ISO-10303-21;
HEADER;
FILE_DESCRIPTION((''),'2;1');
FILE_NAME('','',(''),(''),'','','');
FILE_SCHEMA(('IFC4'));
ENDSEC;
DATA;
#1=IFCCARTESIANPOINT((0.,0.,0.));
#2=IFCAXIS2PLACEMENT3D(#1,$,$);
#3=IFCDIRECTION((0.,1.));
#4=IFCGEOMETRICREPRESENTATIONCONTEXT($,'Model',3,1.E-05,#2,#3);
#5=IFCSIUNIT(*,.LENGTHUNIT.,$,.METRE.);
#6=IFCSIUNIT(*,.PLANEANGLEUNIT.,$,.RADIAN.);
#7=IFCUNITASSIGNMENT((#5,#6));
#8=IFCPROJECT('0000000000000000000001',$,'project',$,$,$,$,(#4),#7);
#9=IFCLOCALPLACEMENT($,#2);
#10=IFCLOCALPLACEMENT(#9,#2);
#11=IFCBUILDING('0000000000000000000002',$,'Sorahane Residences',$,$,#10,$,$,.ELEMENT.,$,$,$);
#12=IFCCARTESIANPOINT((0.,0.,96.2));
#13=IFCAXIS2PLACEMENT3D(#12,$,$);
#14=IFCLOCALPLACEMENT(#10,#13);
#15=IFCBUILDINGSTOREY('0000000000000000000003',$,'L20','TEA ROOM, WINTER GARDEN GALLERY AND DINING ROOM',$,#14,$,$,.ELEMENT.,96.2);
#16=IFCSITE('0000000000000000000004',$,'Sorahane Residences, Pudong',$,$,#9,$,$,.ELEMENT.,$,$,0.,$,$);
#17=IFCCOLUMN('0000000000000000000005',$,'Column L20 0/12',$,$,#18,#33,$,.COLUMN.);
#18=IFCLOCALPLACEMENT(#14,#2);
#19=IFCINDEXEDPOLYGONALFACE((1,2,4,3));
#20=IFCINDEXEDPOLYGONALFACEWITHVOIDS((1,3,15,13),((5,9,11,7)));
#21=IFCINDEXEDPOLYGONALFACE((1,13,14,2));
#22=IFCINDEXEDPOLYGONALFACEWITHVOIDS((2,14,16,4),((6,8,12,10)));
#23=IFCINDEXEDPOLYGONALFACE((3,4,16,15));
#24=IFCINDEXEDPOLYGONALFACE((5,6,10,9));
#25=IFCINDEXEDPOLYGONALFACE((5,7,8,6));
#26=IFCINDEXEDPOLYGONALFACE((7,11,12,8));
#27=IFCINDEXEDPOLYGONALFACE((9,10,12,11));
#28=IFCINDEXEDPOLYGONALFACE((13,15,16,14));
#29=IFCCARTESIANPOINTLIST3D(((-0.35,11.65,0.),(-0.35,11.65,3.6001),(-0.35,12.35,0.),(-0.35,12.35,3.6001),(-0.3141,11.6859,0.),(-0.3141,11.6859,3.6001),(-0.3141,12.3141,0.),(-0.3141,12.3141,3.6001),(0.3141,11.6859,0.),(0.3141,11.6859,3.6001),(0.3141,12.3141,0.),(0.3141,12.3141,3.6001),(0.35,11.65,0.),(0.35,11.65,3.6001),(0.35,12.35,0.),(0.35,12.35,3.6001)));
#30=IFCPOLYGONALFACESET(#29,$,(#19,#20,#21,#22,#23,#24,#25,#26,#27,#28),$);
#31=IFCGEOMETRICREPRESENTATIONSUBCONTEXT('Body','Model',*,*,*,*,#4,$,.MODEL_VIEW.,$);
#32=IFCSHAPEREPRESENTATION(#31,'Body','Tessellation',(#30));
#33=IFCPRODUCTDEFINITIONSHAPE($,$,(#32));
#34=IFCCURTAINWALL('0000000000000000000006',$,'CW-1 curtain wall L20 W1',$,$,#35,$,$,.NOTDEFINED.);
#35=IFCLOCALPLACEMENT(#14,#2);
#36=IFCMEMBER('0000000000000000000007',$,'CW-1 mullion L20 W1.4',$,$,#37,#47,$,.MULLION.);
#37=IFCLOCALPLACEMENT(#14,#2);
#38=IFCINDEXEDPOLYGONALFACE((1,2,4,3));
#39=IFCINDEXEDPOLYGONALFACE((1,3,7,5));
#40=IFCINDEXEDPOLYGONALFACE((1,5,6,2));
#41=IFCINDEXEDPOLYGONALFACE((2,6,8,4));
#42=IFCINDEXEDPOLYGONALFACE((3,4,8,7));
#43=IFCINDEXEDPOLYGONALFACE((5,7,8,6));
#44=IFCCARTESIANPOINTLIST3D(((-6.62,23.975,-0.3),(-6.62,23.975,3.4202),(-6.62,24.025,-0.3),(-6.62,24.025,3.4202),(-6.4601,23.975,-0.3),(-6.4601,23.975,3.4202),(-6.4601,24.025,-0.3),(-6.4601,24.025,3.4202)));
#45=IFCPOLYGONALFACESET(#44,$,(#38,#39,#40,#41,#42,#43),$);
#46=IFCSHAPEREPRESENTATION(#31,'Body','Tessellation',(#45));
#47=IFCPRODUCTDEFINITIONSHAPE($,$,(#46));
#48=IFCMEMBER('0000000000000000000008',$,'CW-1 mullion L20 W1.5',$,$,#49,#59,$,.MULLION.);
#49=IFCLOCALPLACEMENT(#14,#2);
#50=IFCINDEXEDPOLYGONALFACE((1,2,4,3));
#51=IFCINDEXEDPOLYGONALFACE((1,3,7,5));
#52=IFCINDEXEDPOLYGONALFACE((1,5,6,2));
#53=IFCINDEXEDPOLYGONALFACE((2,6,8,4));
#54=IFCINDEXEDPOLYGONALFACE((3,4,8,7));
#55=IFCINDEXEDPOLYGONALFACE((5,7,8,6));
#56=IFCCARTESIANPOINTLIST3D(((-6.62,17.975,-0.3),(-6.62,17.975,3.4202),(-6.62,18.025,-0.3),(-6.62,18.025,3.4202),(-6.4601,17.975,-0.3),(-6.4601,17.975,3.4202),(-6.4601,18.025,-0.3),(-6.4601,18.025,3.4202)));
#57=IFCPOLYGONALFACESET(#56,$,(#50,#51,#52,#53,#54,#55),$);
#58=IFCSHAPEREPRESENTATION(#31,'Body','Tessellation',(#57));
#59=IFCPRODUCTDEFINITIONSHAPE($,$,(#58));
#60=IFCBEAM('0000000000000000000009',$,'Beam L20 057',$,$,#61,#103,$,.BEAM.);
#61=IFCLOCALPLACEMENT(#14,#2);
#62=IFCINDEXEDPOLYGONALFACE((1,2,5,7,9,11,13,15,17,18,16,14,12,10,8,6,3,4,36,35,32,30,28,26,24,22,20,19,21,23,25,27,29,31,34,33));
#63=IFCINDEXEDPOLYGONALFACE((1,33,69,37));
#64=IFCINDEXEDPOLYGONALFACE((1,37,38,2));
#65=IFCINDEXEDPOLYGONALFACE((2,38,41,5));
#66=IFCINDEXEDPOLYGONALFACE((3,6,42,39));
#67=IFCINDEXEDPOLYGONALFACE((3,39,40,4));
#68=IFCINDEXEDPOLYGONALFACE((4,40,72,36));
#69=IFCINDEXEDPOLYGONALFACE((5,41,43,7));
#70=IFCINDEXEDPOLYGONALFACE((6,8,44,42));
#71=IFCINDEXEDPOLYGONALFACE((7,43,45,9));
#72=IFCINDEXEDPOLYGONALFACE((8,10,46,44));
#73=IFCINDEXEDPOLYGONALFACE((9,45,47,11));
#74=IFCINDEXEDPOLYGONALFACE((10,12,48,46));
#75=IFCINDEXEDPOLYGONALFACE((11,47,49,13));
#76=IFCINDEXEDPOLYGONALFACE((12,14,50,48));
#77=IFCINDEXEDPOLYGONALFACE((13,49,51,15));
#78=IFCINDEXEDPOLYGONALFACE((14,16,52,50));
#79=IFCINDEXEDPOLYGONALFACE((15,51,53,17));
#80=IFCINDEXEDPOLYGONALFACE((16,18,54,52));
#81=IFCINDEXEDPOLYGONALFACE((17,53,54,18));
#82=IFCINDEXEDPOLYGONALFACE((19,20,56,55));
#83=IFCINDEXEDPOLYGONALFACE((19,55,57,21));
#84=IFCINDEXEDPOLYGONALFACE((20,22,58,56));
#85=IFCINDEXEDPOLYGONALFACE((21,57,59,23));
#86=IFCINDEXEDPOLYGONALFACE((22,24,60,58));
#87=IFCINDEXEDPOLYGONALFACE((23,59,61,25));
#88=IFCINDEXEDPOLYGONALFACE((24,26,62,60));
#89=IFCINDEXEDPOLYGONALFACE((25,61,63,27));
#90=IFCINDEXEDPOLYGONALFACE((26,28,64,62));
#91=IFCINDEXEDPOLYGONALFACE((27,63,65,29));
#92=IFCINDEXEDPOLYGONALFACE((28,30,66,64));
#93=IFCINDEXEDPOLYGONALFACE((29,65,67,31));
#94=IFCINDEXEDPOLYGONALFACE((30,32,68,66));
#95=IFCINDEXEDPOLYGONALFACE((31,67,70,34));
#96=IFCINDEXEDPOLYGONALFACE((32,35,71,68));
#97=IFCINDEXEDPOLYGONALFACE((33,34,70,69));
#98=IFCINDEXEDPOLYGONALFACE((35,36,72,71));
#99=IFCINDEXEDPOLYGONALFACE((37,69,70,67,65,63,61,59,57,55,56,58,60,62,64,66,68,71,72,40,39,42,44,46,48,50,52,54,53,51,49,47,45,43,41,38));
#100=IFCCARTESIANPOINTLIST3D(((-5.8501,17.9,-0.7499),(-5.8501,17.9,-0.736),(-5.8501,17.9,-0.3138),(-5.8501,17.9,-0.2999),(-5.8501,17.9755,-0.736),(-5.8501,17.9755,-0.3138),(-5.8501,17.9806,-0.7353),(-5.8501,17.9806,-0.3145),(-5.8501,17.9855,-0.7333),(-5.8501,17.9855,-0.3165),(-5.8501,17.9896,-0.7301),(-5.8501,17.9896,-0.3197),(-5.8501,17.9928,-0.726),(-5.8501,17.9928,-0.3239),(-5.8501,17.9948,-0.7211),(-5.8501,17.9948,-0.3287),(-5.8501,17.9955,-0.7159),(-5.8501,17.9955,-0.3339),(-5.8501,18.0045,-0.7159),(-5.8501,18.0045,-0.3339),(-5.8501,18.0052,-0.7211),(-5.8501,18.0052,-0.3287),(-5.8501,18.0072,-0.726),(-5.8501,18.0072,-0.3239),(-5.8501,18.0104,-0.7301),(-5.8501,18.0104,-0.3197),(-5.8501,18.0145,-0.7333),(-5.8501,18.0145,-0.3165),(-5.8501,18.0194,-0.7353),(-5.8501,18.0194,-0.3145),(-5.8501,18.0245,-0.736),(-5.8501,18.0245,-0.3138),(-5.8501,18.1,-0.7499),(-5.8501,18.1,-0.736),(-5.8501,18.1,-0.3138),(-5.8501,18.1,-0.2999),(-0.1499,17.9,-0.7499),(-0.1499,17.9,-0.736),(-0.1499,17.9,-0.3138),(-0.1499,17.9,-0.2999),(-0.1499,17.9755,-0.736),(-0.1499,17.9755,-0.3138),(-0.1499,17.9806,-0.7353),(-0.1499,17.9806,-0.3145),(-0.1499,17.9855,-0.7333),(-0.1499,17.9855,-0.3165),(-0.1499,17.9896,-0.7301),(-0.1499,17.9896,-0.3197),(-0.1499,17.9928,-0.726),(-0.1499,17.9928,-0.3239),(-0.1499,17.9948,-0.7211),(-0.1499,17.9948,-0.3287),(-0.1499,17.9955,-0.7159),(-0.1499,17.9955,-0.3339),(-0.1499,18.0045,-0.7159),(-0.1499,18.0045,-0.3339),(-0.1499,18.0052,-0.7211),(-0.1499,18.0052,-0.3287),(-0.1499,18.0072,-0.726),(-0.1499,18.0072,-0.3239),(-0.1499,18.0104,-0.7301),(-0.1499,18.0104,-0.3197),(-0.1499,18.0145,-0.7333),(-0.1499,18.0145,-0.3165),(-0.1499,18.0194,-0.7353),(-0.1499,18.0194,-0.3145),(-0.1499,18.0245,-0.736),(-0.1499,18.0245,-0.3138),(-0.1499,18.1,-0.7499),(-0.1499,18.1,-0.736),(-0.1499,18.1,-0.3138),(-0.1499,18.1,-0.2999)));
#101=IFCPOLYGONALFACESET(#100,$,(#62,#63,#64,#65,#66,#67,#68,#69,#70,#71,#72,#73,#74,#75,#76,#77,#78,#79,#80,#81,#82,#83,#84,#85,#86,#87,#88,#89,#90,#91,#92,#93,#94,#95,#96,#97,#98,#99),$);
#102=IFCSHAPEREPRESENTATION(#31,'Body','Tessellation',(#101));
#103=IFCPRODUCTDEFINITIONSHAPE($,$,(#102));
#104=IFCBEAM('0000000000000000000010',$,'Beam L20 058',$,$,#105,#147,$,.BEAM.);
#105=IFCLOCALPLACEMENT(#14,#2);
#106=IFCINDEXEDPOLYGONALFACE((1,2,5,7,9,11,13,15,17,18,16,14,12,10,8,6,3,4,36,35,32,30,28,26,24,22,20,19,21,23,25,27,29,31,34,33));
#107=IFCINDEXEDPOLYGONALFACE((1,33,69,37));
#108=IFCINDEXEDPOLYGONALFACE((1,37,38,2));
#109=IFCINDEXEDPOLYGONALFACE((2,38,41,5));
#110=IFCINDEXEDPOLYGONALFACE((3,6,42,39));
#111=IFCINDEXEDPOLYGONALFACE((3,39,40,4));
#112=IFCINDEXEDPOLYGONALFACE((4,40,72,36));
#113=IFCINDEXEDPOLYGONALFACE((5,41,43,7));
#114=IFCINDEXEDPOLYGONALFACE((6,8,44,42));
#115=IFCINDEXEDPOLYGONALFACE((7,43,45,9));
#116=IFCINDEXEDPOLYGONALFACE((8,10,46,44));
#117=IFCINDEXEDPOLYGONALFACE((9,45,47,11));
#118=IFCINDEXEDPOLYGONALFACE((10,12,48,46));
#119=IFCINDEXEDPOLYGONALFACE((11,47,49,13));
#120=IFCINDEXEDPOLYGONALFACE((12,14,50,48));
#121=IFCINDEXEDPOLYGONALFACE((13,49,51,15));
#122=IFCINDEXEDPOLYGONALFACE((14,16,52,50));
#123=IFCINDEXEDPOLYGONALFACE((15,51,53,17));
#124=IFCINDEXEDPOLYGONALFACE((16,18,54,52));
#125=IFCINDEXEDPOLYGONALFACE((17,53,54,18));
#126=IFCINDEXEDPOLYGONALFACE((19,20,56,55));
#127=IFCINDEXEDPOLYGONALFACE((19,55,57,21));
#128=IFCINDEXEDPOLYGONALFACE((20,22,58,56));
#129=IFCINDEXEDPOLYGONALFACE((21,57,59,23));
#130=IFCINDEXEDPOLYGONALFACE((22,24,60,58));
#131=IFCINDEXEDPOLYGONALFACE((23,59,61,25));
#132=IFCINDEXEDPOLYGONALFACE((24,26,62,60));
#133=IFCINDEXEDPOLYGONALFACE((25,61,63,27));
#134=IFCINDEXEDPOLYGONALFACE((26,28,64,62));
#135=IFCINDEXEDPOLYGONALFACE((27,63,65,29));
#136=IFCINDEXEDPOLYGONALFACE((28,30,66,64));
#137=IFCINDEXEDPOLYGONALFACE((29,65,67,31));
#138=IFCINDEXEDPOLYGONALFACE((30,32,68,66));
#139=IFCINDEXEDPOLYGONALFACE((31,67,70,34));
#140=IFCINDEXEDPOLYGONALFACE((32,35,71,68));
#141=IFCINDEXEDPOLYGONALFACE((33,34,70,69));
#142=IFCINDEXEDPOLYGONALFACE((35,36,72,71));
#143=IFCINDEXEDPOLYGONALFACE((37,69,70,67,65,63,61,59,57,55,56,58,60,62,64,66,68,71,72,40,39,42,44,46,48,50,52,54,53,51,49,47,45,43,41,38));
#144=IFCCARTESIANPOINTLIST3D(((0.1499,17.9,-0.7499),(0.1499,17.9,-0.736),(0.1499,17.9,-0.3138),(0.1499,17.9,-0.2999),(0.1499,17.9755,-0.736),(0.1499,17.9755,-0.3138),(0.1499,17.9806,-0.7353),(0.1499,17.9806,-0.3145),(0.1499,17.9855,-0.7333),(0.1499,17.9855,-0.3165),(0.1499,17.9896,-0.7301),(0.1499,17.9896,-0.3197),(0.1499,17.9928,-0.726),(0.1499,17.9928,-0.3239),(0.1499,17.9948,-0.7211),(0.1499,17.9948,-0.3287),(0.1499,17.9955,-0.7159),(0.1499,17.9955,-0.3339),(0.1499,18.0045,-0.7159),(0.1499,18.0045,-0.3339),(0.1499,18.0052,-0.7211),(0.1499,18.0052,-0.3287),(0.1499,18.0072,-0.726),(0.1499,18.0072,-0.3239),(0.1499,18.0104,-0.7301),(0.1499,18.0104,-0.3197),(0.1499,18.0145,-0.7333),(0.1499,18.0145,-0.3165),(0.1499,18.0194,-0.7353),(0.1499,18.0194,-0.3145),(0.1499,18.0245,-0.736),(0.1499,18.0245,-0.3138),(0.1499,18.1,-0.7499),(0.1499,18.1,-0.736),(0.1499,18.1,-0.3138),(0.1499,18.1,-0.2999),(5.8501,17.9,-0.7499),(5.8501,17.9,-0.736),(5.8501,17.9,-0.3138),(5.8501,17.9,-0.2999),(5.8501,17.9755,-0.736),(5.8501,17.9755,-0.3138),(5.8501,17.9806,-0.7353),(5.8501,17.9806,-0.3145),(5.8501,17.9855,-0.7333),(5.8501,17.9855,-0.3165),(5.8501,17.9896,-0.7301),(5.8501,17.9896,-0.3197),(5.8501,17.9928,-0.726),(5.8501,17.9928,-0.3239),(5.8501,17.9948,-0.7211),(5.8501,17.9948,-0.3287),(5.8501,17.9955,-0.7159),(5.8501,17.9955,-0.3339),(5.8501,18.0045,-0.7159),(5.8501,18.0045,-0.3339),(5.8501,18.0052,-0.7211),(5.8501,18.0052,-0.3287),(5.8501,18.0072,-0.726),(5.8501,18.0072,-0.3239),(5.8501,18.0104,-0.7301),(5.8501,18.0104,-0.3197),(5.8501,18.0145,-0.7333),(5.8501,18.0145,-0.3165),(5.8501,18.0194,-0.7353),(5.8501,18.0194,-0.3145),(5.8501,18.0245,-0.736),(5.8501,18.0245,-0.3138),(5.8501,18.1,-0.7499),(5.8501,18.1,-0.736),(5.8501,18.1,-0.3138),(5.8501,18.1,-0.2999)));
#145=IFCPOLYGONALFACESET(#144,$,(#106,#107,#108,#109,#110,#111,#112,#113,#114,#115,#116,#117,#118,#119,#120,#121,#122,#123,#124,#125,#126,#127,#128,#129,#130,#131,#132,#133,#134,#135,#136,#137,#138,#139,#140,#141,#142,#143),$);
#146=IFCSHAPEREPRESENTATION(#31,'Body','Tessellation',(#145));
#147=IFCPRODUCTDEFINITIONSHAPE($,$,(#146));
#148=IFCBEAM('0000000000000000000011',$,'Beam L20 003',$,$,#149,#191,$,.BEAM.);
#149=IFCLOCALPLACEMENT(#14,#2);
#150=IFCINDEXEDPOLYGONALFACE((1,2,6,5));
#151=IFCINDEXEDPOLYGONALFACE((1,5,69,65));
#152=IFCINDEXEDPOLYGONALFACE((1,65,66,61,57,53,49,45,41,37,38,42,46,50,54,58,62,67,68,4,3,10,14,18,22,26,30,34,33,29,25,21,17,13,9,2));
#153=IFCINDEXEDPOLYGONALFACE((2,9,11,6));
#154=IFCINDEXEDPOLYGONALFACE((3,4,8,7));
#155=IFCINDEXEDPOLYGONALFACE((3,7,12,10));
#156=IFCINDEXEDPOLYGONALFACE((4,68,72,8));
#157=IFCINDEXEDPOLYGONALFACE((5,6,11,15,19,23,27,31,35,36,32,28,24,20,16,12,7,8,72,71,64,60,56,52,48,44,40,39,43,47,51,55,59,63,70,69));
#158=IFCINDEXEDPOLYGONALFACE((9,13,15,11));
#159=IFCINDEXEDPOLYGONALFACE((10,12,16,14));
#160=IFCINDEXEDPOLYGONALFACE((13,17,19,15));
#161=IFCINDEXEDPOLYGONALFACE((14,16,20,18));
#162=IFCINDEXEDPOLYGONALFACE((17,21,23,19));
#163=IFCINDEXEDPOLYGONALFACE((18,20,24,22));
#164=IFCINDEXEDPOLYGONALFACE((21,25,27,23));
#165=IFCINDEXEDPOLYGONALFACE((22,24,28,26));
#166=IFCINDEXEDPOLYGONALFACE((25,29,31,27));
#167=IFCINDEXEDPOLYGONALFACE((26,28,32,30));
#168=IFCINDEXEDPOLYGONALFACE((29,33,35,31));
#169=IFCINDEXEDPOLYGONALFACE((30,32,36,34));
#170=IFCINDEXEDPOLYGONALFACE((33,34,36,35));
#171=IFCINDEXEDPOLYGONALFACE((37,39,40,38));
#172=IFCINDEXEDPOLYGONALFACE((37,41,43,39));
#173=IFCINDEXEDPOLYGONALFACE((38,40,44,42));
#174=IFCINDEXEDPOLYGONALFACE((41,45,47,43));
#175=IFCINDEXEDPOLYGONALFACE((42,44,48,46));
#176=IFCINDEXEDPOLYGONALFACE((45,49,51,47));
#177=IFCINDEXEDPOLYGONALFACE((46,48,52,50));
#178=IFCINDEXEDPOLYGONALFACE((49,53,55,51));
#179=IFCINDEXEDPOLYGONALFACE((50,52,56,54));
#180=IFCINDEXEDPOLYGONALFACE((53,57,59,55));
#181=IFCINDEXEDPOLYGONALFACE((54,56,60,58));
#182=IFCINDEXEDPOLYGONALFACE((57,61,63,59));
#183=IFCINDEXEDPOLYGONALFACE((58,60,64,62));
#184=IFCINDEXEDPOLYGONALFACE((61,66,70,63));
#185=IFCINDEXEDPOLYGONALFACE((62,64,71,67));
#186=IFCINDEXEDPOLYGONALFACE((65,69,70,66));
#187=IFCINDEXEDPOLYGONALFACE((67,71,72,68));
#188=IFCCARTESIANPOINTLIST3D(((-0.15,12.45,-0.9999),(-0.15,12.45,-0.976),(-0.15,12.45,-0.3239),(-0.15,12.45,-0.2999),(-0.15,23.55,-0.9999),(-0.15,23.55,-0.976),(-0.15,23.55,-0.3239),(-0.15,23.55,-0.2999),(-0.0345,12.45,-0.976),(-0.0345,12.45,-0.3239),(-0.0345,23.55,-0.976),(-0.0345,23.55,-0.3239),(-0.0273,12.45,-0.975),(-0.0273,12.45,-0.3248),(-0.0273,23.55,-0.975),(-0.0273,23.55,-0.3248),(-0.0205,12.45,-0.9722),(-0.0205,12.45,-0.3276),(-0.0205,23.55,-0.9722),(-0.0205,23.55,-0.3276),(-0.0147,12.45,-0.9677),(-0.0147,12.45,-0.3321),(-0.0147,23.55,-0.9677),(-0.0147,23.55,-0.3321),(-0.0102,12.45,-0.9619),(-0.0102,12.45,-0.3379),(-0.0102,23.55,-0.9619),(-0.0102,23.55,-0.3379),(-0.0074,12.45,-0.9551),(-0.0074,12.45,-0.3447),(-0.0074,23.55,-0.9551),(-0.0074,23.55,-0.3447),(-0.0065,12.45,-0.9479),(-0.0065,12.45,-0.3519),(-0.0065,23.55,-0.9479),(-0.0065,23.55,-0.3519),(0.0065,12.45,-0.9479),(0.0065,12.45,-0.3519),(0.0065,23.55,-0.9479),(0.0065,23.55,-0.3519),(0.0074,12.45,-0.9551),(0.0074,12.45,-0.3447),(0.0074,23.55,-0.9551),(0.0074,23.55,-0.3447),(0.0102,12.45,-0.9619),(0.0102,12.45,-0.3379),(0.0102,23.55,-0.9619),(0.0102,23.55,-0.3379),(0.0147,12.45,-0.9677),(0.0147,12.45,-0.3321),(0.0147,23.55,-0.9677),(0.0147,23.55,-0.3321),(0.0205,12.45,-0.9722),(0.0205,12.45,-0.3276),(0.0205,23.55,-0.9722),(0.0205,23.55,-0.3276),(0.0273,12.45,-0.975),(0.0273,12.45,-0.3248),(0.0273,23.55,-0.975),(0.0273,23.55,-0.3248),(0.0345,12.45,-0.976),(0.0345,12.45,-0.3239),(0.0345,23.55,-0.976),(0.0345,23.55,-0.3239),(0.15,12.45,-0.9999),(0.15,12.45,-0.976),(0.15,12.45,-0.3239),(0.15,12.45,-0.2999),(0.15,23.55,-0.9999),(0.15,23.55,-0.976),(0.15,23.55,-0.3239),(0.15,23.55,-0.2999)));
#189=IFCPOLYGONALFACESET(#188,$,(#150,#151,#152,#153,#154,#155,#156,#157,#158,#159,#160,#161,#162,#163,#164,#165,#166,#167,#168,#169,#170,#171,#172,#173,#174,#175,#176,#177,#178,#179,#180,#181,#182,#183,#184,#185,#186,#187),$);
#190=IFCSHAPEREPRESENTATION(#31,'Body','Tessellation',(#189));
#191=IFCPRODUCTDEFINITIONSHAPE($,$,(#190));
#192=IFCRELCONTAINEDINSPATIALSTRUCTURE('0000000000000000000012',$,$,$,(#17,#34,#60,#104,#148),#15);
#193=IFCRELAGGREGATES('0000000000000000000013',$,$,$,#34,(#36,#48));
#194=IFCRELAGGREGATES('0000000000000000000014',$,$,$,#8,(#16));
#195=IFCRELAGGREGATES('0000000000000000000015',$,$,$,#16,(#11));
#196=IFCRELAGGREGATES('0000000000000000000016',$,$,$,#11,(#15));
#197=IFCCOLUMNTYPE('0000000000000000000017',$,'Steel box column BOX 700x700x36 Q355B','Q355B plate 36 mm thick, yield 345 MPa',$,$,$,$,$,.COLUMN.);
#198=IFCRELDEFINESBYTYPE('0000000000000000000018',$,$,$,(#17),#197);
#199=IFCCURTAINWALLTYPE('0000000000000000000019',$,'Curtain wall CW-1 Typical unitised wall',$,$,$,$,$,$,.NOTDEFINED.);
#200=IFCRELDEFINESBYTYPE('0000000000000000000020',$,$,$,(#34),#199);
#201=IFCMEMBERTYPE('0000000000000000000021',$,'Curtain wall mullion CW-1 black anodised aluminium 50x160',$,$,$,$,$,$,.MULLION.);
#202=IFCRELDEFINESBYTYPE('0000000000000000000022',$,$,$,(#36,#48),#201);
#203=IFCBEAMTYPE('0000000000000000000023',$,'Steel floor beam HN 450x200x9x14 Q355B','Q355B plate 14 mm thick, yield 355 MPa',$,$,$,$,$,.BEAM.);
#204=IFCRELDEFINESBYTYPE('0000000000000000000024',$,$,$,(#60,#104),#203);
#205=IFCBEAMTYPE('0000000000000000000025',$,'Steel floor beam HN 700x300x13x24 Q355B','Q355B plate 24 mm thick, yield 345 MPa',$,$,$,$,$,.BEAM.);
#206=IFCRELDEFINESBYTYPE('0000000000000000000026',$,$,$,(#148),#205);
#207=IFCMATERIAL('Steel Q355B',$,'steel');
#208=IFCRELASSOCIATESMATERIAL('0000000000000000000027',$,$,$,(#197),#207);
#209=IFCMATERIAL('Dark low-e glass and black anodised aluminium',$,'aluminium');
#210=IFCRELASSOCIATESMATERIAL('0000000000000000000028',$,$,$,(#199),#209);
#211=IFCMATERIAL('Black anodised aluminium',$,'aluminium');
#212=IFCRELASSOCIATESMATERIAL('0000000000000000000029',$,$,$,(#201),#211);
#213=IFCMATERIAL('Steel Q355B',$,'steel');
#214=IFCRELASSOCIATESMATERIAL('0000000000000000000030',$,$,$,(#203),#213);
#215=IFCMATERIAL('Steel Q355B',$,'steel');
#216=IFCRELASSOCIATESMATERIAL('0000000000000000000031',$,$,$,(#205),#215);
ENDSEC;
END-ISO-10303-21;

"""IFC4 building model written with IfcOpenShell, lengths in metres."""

from ifc_helpers import new_model, si_unit, direction, frame, origin, origin_2d, place, context, subcontext, project, spatial, rectangle, hollow_rectangle, i_section, extrude, material, material_profile, profile_set, type_object, element, aggregate, save


model = new_model("IFC4")

# Units and contexts
model_context = context("Model", 3, precision=1e-05, world=origin(), true_north=direction((0.0, 1.0)))
body_context = subcontext(model_context, "Body", "Model", "MODEL_VIEW")
ifc_project = project(units=[si_unit("LENGTHUNIT", "METRE"), si_unit("PLANEANGLEUNIT", "RADIAN")], contexts=[model_context])

# Site, building, storey
site_placement = place(None, origin())
site = spatial("IfcSite", under=ifc_project, at=site_placement, Name="Sorahane Residences, Pudong", CompositionType="ELEMENT", RefElevation=0.0)
building_placement = place(site_placement, origin())
building = spatial("IfcBuilding", under=site, at=building_placement, Name="Sorahane Residences", CompositionType="ELEMENT")
storey_placement = place(building_placement, frame((0.0, 0.0, 96.2)))
storey = spatial("IfcBuildingStorey", under=building, at=storey_placement, Name="L20", Description="TEA ROOM, WINTER GARDEN GALLERY AND DINING ROOM", CompositionType="ELEMENT", Elevation=96.2)

# Column
ifc_material_1 = material(Name="Steel Q355B", Category="steel")
ifc_material_profile_1 = material_profile(ifc_material_1, hollow_rectangle(XDim=0.7, YDim=0.7, WallThickness=0.0359, at=origin_2d()), Name="BOX 700x700x36")
ifc_profile_set_1 = profile_set([ifc_material_profile_1], Name="Steel Q355B")
column_type = type_object("IfcColumnType", Name="Steel box column BOX 700x700x36 Q355B", Description="Q355B plate 36 mm thick, yield 345 MPa", PredefinedType="COLUMN", material=ifc_profile_set_1)
column_placement = place(storey_placement, frame((0.0, 12.0, 0.0), z_axis=(0.0, 0.0, 1.0), x_axis=(1.0, 0.0, 0.0)))
element("IfcColumn", 1, at=column_placement, inside=storey, type_object=column_type, Name="Column L20 0/12", PredefinedType="COLUMN", context=body_context, shape_type="SweptSolid", body=[
    extrude(hollow_rectangle(XDim=0.7, YDim=0.7, WallThickness=0.0359, at=origin_2d()), origin(), (0.0, 0.0, 1.0), 3.6001),
])

# Curtain wall, members
ifc_material_2 = material(Name="Dark low-e glass and black anodised aluminium", Category="aluminium")
curtain_wall_type = type_object("IfcCurtainWallType", Name="Curtain wall CW-1 Typical unitised wall", PredefinedType="NOTDEFINED", material=ifc_material_2)
curtain_wall_placement = place(storey_placement, origin())
curtain_wall = element("IfcCurtainWall", 2, at=curtain_wall_placement, inside=storey, type_object=curtain_wall_type, Name="CW-1 curtain wall L20 W1", PredefinedType="NOTDEFINED")
ifc_material_3 = material(Name="Black anodised aluminium", Category="aluminium")
ifc_material_profile_2 = material_profile(ifc_material_3, rectangle(XDim=0.1599, YDim=0.05, at=origin_2d()), Name="Curtain wall mullion CW-1 black anodised aluminium 50x160")
ifc_profile_set_2 = profile_set([ifc_material_profile_2], Name="Black anodised aluminium")
member_type = type_object("IfcMemberType", Name="Curtain wall mullion CW-1 black anodised aluminium 50x160", PredefinedType="MULLION", material=ifc_profile_set_2)
member_1_placement = place(storey_placement, frame((-6.54, 24.0, -0.3), z_axis=(0.0, 0.0, 1.0), x_axis=(-1.0, 0.0, 0.0)))
member_1 = element("IfcMember", 3, at=member_1_placement, type_object=member_type, Name="CW-1 mullion L20 W1.4", PredefinedType="MULLION", context=body_context, shape_type="SweptSolid", body=[
    extrude(rectangle(XDim=0.1599, YDim=0.05, at=origin_2d()), origin(), (0.0, 0.0, 1.0), 3.7202),
])
member_2_placement = place(storey_placement, frame((-6.54, 18.0, -0.3), z_axis=(0.0, 0.0, 1.0), x_axis=(-1.0, 0.0, 0.0)))
member_2 = element("IfcMember", 4, at=member_2_placement, type_object=member_type, Name="CW-1 mullion L20 W1.5", PredefinedType="MULLION", context=body_context, shape_type="SweptSolid", body=[
    extrude(rectangle(XDim=0.1599, YDim=0.05, at=origin_2d()), origin(), (0.0, 0.0, 1.0), 3.7202),
])

# Beams
ifc_material_4 = material(Name="Steel Q355B", Category="steel")
ifc_material_profile_3 = material_profile(ifc_material_4, i_section(OverallWidth=0.2, OverallDepth=0.45, WebThickness=0.009, FlangeThickness=0.0139, FilletRadius=0.02, at=origin_2d()), Name="HN 450x200x9x14")
ifc_profile_set_3 = profile_set([ifc_material_profile_3], Name="Steel Q355B")
beam_type_1 = type_object("IfcBeamType", Name="Steel floor beam HN 450x200x9x14 Q355B", Description="Q355B plate 14 mm thick, yield 355 MPa", PredefinedType="BEAM", material=ifc_profile_set_3)
for number, where, z_axis, x_axis, name in (
    (5, (-5.8501, 18.0, -0.5249), (1.0, 0.0, 0.0), (0.0, 1.0, 0.0), "Beam L20 057"),
    (6, (0.1499, 18.0, -0.5249), (1.0, 0.0, 0.0), (0.0, 1.0, 0.0), "Beam L20 058"),
):
    element("IfcBeam", number, at=place(storey_placement, frame(where, z_axis=z_axis, x_axis=x_axis)), inside=storey, type_object=beam_type_1, Name=name, PredefinedType="BEAM", context=body_context, shape_type="SweptSolid", body=[
        extrude(i_section(OverallWidth=0.2, OverallDepth=0.45, WebThickness=0.009, FlangeThickness=0.0139, FilletRadius=0.02, at=origin_2d()), origin(), (0.0, 0.0, 1.0), 5.7002),
    ])
ifc_material_5 = material(Name="Steel Q355B", Category="steel")
ifc_material_profile_4 = material_profile(ifc_material_5, i_section(OverallWidth=0.3, OverallDepth=0.7, WebThickness=0.0129, FlangeThickness=0.0239, FilletRadius=0.0281, at=origin_2d()), Name="HN 700x300x13x24")
ifc_profile_set_4 = profile_set([ifc_material_profile_4], Name="Steel Q355B")
beam_type_2 = type_object("IfcBeamType", Name="Steel floor beam HN 700x300x13x24 Q355B", Description="Q355B plate 24 mm thick, yield 345 MPa", PredefinedType="BEAM", material=ifc_profile_set_4)
beam_placement = place(storey_placement, frame((0.0, 12.45, -0.6499), z_axis=(0.0, 1.0, 0.0), x_axis=(-1.0, 0.0, 0.0)))
element("IfcBeam", 7, at=beam_placement, inside=storey, type_object=beam_type_2, Name="Beam L20 003", PredefinedType="BEAM", context=body_context, shape_type="SweptSolid", body=[
    extrude(i_section(OverallWidth=0.3, OverallDepth=0.7, WebThickness=0.0129, FlangeThickness=0.0239, FilletRadius=0.0281, at=origin_2d()), origin(), (0.0, 0.0, 1.0), 11.1001),
])

aggregate(curtain_wall, [member_1, member_2])

save(model, "model.ifc")
